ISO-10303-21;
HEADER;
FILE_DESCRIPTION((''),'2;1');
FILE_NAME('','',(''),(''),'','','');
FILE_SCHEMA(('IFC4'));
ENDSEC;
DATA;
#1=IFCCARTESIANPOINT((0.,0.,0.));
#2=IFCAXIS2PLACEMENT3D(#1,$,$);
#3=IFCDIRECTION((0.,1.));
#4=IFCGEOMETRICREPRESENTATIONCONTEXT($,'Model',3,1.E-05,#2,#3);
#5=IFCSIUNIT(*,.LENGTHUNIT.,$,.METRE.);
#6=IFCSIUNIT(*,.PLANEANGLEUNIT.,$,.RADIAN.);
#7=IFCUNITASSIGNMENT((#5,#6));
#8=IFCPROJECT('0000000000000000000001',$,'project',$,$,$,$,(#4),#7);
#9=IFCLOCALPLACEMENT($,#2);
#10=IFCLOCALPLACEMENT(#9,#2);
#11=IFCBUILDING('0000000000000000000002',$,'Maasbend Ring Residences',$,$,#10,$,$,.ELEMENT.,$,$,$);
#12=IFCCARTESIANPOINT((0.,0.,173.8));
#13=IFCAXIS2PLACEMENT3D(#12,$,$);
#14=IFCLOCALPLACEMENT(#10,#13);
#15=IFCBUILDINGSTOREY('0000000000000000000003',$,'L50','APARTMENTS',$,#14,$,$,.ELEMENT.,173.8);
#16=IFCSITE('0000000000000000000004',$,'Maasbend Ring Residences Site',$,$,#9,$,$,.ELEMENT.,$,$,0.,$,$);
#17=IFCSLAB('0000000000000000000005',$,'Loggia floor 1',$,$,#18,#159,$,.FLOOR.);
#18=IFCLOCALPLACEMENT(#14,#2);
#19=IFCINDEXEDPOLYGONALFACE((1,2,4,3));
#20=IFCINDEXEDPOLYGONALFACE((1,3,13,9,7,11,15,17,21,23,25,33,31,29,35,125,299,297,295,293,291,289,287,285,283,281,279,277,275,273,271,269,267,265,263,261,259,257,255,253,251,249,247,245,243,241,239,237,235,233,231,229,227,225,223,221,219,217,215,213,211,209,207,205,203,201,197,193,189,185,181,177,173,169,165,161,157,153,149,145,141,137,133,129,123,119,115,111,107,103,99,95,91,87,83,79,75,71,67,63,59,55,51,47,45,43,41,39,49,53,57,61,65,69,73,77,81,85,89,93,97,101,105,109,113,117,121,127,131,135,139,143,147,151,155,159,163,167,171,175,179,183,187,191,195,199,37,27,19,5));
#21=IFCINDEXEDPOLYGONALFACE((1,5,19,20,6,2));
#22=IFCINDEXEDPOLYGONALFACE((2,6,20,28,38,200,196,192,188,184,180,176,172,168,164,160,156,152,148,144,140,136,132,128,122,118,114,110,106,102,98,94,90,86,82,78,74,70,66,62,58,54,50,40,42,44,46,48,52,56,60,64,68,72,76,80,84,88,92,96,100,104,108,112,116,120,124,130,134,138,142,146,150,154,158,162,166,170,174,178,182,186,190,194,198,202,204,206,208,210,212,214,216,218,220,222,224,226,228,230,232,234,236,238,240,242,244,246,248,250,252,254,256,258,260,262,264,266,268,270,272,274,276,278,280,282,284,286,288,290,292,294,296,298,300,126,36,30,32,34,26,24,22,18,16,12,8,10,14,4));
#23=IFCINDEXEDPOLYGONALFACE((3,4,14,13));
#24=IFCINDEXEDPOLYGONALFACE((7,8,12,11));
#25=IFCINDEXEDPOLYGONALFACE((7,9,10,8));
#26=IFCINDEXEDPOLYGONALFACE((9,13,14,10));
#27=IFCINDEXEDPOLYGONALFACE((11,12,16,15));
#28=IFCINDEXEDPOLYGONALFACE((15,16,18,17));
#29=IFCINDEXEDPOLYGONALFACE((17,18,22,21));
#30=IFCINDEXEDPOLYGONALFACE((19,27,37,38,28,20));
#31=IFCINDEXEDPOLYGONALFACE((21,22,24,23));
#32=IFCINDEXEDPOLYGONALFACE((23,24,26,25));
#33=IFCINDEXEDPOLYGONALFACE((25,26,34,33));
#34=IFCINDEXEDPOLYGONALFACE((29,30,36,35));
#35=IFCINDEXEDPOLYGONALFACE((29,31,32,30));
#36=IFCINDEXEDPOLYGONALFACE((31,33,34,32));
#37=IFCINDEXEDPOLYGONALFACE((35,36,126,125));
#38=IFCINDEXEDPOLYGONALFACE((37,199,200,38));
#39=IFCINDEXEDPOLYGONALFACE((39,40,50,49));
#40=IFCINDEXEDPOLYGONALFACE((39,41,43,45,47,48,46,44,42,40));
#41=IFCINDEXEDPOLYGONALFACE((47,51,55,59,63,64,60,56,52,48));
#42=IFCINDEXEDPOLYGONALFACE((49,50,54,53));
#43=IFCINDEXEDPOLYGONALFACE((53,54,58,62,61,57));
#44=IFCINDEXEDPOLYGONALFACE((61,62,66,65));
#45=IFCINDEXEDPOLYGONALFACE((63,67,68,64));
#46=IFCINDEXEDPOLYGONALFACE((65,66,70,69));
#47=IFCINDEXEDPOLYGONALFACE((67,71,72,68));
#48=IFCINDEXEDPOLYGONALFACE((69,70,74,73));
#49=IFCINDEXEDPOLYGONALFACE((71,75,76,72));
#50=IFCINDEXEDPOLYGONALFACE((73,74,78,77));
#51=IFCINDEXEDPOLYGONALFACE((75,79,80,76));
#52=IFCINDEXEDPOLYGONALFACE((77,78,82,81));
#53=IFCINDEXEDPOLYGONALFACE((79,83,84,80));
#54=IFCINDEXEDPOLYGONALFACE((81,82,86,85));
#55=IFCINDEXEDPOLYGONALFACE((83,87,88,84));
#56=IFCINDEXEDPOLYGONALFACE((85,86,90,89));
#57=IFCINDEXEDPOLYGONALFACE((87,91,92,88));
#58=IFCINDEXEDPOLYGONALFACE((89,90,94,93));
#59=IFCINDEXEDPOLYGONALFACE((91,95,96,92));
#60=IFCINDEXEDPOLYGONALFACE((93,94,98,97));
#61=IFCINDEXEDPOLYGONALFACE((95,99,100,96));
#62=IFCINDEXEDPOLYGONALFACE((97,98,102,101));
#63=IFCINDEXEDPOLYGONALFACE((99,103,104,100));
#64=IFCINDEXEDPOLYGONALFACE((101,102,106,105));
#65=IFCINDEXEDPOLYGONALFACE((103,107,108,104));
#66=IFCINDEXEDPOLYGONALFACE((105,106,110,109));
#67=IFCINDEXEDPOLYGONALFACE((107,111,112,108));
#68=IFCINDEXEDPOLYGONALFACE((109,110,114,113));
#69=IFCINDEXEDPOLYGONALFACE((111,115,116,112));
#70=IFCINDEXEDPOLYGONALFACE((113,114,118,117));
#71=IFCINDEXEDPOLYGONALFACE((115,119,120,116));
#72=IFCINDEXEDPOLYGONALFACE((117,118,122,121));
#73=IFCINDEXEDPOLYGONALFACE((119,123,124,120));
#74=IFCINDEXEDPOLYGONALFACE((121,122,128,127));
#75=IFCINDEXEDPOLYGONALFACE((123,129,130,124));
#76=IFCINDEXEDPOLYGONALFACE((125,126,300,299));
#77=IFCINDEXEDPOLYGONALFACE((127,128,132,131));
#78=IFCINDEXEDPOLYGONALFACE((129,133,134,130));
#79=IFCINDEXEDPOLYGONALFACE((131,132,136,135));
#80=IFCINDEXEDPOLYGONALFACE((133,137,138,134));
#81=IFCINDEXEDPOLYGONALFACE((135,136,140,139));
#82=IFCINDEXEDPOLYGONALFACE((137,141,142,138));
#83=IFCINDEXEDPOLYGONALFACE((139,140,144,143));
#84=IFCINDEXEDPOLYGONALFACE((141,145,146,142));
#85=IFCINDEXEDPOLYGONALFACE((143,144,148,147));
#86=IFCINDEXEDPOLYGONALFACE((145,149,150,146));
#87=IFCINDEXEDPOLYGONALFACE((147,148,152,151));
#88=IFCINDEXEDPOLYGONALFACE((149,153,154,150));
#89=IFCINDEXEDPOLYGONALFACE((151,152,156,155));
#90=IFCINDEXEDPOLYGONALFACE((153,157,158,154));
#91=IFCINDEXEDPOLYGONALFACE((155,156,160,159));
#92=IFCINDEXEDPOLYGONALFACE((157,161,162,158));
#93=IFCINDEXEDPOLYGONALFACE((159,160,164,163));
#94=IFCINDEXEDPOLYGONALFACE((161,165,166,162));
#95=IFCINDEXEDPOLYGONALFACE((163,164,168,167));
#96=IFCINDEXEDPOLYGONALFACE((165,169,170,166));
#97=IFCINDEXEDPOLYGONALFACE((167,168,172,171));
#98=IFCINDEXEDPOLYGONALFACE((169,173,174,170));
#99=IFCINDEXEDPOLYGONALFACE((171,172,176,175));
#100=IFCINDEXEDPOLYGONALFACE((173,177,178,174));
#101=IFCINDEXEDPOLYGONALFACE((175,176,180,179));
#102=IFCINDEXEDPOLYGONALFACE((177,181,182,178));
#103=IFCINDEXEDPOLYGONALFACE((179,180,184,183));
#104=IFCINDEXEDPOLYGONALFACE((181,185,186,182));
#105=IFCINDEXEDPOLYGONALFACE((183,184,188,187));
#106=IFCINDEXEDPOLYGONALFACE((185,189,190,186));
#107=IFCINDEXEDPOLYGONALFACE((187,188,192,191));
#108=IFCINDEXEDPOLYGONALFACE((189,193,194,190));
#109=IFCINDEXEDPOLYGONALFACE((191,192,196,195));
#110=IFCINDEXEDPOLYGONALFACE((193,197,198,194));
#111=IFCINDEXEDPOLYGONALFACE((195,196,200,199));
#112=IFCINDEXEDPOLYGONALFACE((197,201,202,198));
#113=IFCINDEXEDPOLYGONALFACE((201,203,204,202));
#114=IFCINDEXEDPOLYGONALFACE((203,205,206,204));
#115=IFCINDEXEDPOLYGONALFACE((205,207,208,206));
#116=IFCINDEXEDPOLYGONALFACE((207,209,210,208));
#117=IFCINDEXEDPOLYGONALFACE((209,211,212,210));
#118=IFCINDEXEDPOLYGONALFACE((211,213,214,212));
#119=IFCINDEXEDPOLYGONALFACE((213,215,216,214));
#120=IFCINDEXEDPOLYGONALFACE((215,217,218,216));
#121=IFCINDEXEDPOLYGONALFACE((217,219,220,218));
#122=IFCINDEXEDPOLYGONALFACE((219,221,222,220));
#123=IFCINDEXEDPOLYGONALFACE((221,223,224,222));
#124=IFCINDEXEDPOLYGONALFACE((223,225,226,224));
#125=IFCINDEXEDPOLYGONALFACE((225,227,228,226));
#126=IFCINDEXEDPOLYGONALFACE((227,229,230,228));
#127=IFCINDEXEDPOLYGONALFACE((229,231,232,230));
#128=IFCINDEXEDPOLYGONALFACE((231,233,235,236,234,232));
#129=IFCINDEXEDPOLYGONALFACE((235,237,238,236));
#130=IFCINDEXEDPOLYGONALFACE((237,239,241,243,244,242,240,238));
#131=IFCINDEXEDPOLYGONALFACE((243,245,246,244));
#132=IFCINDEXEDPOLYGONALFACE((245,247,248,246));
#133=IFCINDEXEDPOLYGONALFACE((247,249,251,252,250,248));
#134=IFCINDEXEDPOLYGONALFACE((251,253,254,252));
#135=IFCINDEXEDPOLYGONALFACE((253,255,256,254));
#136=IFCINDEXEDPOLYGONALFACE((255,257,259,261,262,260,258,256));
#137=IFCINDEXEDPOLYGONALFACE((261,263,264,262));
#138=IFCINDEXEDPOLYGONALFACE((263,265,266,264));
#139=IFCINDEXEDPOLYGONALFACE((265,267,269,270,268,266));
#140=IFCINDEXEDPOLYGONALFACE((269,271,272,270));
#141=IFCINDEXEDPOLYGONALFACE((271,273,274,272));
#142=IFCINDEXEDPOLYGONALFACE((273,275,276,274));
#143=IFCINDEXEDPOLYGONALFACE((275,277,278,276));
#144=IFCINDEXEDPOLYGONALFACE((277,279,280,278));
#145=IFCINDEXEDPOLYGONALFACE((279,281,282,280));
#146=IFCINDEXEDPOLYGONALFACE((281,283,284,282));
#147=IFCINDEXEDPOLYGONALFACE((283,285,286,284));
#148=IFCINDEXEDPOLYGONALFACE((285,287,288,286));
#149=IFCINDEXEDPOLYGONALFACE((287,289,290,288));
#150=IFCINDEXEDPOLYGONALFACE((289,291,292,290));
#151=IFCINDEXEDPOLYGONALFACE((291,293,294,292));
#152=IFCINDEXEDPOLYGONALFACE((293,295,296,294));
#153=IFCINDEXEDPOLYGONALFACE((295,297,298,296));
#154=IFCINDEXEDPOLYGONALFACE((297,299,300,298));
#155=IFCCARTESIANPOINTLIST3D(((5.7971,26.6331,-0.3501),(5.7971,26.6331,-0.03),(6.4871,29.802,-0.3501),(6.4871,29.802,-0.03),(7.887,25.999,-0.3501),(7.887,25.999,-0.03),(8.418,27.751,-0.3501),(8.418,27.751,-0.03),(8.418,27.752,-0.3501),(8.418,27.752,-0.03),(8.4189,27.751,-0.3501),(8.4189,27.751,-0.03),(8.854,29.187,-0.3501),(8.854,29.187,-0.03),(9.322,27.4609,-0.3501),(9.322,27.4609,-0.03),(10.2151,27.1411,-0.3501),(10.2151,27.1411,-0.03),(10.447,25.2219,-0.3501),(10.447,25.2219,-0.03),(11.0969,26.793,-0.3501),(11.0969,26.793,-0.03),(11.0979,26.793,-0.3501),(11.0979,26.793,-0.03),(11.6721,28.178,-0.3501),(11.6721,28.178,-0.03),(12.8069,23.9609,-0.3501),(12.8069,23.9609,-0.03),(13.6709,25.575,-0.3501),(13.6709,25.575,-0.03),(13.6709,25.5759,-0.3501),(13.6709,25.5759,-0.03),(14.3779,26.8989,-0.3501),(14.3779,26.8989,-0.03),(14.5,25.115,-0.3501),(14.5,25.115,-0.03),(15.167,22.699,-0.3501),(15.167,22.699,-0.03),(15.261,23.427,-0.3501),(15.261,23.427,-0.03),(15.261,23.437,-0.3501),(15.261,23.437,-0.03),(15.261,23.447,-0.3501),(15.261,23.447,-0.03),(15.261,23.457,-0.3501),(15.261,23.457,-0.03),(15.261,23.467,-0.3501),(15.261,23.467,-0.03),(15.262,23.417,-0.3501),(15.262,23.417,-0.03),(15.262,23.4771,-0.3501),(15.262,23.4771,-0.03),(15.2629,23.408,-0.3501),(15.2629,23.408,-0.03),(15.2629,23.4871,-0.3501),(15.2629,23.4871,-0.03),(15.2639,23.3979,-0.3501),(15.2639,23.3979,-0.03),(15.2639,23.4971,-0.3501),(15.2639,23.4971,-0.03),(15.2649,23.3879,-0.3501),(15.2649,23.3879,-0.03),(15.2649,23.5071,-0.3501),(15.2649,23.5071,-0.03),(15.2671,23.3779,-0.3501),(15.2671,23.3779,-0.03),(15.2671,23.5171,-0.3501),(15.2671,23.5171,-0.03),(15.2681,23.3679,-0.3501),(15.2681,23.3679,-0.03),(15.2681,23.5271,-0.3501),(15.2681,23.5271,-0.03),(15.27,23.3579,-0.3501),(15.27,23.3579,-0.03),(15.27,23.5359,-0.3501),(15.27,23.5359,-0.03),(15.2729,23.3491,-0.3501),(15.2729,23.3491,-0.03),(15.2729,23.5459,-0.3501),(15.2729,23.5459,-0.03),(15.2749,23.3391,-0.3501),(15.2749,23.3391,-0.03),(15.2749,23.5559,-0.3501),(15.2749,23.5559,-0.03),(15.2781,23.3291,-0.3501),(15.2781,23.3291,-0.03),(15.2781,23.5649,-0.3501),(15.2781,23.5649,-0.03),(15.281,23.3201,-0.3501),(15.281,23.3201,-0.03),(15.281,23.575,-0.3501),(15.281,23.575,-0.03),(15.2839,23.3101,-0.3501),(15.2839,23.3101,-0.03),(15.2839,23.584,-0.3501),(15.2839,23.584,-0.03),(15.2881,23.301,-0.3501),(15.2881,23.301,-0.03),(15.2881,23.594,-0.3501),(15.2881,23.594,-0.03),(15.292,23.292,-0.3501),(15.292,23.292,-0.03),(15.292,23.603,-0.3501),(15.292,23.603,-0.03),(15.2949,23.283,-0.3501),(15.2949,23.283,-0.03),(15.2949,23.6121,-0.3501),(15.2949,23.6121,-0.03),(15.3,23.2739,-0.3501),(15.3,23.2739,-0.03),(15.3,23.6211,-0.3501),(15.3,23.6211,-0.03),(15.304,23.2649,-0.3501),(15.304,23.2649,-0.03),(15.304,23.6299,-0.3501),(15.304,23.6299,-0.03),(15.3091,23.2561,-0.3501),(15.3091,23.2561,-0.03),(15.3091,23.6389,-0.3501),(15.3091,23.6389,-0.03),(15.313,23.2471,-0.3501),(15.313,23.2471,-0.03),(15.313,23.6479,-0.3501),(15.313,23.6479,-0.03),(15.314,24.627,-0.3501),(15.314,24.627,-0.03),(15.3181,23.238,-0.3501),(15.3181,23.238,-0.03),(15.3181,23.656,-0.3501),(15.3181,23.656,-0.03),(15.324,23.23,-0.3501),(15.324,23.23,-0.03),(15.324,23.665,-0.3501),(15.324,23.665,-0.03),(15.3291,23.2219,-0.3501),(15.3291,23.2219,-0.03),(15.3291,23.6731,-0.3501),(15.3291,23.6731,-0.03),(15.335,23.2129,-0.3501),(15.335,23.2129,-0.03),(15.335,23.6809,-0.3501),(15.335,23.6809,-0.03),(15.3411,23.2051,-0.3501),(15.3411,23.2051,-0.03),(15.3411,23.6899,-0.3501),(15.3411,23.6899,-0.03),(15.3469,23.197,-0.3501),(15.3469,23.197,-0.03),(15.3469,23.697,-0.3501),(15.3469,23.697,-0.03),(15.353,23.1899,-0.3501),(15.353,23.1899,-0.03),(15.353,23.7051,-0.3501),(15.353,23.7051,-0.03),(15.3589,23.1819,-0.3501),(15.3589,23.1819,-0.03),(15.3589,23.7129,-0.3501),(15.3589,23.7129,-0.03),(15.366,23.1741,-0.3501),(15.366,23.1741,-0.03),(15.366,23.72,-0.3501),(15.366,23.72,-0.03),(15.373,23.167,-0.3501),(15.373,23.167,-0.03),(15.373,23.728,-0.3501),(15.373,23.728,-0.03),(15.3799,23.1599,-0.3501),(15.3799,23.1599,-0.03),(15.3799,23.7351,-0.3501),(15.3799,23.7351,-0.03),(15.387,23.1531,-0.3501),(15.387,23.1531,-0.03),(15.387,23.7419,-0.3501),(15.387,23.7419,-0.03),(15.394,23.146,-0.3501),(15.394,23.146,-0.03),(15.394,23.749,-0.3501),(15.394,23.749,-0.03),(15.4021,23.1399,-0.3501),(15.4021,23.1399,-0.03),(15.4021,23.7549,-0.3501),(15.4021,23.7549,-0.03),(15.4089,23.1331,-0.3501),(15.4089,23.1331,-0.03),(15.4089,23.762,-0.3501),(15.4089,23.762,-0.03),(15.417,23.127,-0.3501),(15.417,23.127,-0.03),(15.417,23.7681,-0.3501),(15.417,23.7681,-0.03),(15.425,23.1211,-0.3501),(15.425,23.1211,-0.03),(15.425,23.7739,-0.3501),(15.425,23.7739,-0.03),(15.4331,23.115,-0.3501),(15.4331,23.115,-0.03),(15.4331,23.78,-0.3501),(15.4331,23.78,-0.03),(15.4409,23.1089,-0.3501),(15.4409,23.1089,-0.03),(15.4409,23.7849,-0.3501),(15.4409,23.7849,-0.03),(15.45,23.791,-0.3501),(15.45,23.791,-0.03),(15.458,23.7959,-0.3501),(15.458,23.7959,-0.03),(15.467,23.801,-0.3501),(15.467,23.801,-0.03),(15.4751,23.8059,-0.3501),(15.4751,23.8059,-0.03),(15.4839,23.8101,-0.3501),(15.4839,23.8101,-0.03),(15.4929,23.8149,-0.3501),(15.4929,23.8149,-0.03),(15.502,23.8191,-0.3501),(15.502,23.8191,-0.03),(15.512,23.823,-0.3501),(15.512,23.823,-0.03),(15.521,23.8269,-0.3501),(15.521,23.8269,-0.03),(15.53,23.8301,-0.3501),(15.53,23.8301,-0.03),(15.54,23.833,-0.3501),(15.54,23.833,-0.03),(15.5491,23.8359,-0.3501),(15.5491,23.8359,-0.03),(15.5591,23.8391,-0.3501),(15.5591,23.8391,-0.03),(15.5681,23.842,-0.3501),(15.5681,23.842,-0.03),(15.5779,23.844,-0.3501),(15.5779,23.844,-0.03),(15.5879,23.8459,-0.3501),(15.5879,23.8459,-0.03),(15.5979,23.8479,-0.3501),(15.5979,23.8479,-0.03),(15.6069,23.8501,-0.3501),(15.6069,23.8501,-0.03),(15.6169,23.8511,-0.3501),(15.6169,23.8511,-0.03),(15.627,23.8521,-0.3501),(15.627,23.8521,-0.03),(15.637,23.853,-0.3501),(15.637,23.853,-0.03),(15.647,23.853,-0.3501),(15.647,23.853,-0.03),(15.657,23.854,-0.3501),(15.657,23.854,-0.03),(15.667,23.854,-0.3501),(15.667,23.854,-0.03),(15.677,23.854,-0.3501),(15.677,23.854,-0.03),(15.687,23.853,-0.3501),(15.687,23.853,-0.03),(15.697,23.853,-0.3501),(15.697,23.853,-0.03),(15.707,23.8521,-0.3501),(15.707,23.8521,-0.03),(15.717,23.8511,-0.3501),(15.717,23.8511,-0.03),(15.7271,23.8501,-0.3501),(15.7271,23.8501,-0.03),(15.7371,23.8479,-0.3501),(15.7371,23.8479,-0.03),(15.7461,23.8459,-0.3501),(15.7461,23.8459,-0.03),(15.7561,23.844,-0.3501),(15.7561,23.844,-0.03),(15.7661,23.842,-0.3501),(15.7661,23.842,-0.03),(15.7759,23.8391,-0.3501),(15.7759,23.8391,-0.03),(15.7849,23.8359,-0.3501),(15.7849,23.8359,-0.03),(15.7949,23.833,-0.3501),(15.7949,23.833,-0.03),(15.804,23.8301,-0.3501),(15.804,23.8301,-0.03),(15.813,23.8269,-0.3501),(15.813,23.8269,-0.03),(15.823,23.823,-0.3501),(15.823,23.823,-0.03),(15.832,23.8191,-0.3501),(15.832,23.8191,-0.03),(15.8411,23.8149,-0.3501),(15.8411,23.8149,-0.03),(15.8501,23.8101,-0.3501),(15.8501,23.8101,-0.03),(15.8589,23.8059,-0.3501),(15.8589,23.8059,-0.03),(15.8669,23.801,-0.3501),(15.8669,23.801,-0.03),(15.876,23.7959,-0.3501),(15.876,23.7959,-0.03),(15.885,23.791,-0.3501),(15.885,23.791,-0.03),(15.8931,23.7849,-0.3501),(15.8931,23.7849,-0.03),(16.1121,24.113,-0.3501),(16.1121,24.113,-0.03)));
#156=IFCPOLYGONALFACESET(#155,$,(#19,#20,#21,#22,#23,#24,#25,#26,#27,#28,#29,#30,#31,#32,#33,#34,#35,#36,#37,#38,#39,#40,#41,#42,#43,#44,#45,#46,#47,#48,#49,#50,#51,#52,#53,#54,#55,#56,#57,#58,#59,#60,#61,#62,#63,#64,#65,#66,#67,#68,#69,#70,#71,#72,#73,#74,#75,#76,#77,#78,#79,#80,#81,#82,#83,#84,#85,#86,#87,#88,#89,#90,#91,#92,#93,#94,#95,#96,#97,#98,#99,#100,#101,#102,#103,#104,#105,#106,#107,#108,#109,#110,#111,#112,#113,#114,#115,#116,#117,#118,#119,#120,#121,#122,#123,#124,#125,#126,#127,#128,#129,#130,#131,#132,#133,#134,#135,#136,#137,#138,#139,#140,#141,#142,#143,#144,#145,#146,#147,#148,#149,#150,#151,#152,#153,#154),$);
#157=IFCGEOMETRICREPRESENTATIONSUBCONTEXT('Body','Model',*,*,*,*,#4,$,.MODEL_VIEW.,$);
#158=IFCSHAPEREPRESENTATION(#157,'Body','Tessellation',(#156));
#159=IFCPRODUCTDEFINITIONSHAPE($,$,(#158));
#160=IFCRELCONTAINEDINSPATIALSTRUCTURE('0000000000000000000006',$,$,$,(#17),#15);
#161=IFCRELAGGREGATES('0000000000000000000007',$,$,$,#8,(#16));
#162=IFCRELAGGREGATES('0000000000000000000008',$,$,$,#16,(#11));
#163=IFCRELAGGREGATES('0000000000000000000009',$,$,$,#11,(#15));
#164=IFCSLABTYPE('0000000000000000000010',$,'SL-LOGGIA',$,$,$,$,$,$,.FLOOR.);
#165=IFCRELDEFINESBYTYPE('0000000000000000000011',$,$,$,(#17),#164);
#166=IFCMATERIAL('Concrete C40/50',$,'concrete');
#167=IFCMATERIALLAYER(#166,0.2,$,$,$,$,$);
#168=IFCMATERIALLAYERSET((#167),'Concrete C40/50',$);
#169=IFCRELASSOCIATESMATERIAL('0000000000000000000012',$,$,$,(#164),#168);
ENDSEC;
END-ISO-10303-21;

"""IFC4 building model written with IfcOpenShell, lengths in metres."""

from ifc_helpers import new_model, si_unit, direction, frame, origin, place, context, subcontext, project, spatial, polyline, outline, extrude, material, layer, layer_set, type_object, element, save


model = new_model("IFC4")

# Units and contexts
model_context = context("Model", 3, precision=1e-05, world=origin(), true_north=direction((0.0, 1.0)))
body_context = subcontext(model_context, "Body", "Model", "MODEL_VIEW")
ifc_project = project(units=[si_unit("LENGTHUNIT", "METRE"), si_unit("PLANEANGLEUNIT", "RADIAN")], contexts=[model_context])

# Site, building, storey
site_placement = place(None, origin())
site = spatial("IfcSite", under=ifc_project, at=site_placement, Name="Maasbend Ring Residences Site", CompositionType="ELEMENT", RefElevation=0.0)
building_placement = place(site_placement, origin())
building = spatial("IfcBuilding", under=site, at=building_placement, Name="Maasbend Ring Residences", CompositionType="ELEMENT")
storey_placement = place(building_placement, frame((0.0, 0.0, 173.8)))
storey = spatial("IfcBuildingStorey", under=building, at=storey_placement, Name="L50", Description="APARTMENTS", CompositionType="ELEMENT", Elevation=173.8)

# Slab
ifc_material_1 = material(Name="Concrete C40/50", Category="concrete")
ifc_layer_1 = layer(ifc_material_1, 0.2)
ifc_layer_set_1 = layer_set([ifc_layer_1], Name="Concrete C40/50")
slab_type_1 = type_object("IfcSlabType", Name="SL-LOGGIA", PredefinedType="FLOOR", material=ifc_layer_set_1)
slab_1_placement = place(storey_placement, frame((0.0, 0.0, -0.3501)))
element("IfcSlab", 1, at=slab_1_placement, inside=storey, type_object=slab_type_1, Name="Loggia floor 1", PredefinedType="FLOOR", context=body_context, shape_type="SweptSolid", body=[
    extrude(outline(polyline([(8.854, 29.187), (8.854, 29.187), (8.854, 29.187), (8.418, 27.752), (8.418, 27.752), (8.418, 27.752), (8.418, 27.752), (8.418, 27.752), (8.418, 27.752), (8.418, 27.751), (8.418, 27.751), (8.418, 27.751), (8.418, 27.751), (8.418, 27.751), (8.4189, 27.751), (8.4189, 27.751), (8.4189, 27.751), (8.4189, 27.751), (8.4189, 27.751), (8.4189, 27.751), (9.322, 27.4609), (9.322, 27.4609), (10.2151, 27.1411), (10.2151, 27.1411), (11.0969, 26.793), (11.0969, 26.793), (11.0969, 26.793), (11.0979, 26.793), (11.0979, 26.793), (11.0979, 26.793), (11.0979, 26.793), (11.0979, 26.793), (11.0979, 26.793), (11.0979, 26.793), (11.0979, 26.793), (11.0979, 26.793), (11.0979, 26.793), (11.0979, 26.793), (11.0979, 26.793), (11.0979, 26.793), (11.0979, 26.793), (11.6721, 28.178), (11.6721, 28.178), (11.6721, 28.178), (14.3779, 26.8989), (14.3779, 26.8989), (14.3779, 26.8989), (13.6709, 25.5759), (13.6709, 25.5759), (13.6709, 25.5759), (13.6709, 25.5759), (13.6709, 25.5759), (13.6709, 25.5759), (13.6709, 25.5759), (13.6709, 25.5759), (13.6709, 25.5759), (13.6709, 25.5759), (13.6709, 25.5759), (13.6709, 25.5759), (13.6709, 25.5759), (13.6709, 25.5759), (13.6709, 25.5759), (13.6709, 25.5759), (13.6709, 25.575), (14.5, 25.115), (14.5, 25.115), (15.314, 24.627), (15.314, 24.627), (16.1121, 24.113), (16.1121, 24.113), (16.1121, 24.113), (15.8931, 23.7849), (15.885, 23.791), (15.876, 23.7959), (15.8669, 23.801), (15.8589, 23.8059), (15.8501, 23.8101), (15.8411, 23.8149), (15.832, 23.8191), (15.823, 23.823), (15.813, 23.8269), (15.804, 23.8301), (15.7949, 23.833), (15.7849, 23.8359), (15.7759, 23.8391), (15.7661, 23.842), (15.7561, 23.844), (15.7461, 23.8459), (15.7371, 23.8479), (15.7271, 23.8501), (15.717, 23.8511), (15.707, 23.8521), (15.697, 23.853), (15.687, 23.853), (15.677, 23.854), (15.667, 23.854), (15.657, 23.854), (15.647, 23.853), (15.637, 23.853), (15.627, 23.8521), (15.6169, 23.8511), (15.6069, 23.8501), (15.5979, 23.8479), (15.5879, 23.8459), (15.5779, 23.844), (15.5681, 23.842), (15.5591, 23.8391), (15.5491, 23.8359), (15.54, 23.833), (15.53, 23.8301), (15.521, 23.8269), (15.512, 23.823), (15.502, 23.8191), (15.4929, 23.8149), (15.4839, 23.8101), (15.4751, 23.8059), (15.467, 23.801), (15.458, 23.7959), (15.45, 23.791), (15.4409, 23.7849), (15.4331, 23.78), (15.425, 23.7739), (15.417, 23.7681), (15.4089, 23.762), (15.4021, 23.7549), (15.394, 23.749), (15.387, 23.7419), (15.3799, 23.7351), (15.373, 23.728), (15.366, 23.72), (15.3589, 23.7129), (15.353, 23.7051), (15.3469, 23.697), (15.3411, 23.6899), (15.335, 23.6809), (15.3291, 23.6731), (15.324, 23.665), (15.3181, 23.656), (15.313, 23.6479), (15.3091, 23.6389), (15.304, 23.6299), (15.3, 23.6211), (15.2949, 23.6121), (15.292, 23.603), (15.2881, 23.594), (15.2839, 23.584), (15.281, 23.575), (15.2781, 23.5649), (15.2749, 23.5559), (15.2729, 23.5459), (15.27, 23.5359), (15.2681, 23.5271), (15.2671, 23.5171), (15.2649, 23.5071), (15.2639, 23.4971), (15.2629, 23.4871), (15.262, 23.4771), (15.261, 23.467), (15.261, 23.457), (15.261, 23.447), (15.261, 23.437), (15.261, 23.427), (15.262, 23.417), (15.2629, 23.408), (15.2639, 23.3979), (15.2649, 23.3879), (15.2671, 23.3779), (15.2681, 23.3679), (15.27, 23.3579), (15.2729, 23.3491), (15.2749, 23.3391), (15.2781, 23.3291), (15.281, 23.3201), (15.2839, 23.3101), (15.2881, 23.301), (15.292, 23.292), (15.2949, 23.283), (15.3, 23.2739), (15.304, 23.2649), (15.3091, 23.2561), (15.313, 23.2471), (15.3181, 23.238), (15.324, 23.23), (15.3291, 23.2219), (15.335, 23.2129), (15.3411, 23.2051), (15.3469, 23.197), (15.353, 23.1899), (15.3589, 23.1819), (15.366, 23.1741), (15.373, 23.167), (15.3799, 23.1599), (15.387, 23.1531), (15.394, 23.146), (15.4021, 23.1399), (15.4089, 23.1331), (15.417, 23.127), (15.425, 23.1211), (15.4331, 23.115), (15.4409, 23.1089), (15.167, 22.699), (15.167, 22.699), (15.167, 22.699), (12.8069, 23.9609), (10.447, 25.2219), (10.447, 25.2219), (10.447, 25.2219), (7.887, 25.999), (5.7971, 26.6331), (5.7971, 26.6331), (5.7971, 26.6331), (6.4871, 29.802), (6.4871, 29.802), (6.4871, 29.802), (8.854, 29.187)])), origin(), (0.0, 0.0, 1.0), 0.3201),
])

save(model, "model.ifc")
